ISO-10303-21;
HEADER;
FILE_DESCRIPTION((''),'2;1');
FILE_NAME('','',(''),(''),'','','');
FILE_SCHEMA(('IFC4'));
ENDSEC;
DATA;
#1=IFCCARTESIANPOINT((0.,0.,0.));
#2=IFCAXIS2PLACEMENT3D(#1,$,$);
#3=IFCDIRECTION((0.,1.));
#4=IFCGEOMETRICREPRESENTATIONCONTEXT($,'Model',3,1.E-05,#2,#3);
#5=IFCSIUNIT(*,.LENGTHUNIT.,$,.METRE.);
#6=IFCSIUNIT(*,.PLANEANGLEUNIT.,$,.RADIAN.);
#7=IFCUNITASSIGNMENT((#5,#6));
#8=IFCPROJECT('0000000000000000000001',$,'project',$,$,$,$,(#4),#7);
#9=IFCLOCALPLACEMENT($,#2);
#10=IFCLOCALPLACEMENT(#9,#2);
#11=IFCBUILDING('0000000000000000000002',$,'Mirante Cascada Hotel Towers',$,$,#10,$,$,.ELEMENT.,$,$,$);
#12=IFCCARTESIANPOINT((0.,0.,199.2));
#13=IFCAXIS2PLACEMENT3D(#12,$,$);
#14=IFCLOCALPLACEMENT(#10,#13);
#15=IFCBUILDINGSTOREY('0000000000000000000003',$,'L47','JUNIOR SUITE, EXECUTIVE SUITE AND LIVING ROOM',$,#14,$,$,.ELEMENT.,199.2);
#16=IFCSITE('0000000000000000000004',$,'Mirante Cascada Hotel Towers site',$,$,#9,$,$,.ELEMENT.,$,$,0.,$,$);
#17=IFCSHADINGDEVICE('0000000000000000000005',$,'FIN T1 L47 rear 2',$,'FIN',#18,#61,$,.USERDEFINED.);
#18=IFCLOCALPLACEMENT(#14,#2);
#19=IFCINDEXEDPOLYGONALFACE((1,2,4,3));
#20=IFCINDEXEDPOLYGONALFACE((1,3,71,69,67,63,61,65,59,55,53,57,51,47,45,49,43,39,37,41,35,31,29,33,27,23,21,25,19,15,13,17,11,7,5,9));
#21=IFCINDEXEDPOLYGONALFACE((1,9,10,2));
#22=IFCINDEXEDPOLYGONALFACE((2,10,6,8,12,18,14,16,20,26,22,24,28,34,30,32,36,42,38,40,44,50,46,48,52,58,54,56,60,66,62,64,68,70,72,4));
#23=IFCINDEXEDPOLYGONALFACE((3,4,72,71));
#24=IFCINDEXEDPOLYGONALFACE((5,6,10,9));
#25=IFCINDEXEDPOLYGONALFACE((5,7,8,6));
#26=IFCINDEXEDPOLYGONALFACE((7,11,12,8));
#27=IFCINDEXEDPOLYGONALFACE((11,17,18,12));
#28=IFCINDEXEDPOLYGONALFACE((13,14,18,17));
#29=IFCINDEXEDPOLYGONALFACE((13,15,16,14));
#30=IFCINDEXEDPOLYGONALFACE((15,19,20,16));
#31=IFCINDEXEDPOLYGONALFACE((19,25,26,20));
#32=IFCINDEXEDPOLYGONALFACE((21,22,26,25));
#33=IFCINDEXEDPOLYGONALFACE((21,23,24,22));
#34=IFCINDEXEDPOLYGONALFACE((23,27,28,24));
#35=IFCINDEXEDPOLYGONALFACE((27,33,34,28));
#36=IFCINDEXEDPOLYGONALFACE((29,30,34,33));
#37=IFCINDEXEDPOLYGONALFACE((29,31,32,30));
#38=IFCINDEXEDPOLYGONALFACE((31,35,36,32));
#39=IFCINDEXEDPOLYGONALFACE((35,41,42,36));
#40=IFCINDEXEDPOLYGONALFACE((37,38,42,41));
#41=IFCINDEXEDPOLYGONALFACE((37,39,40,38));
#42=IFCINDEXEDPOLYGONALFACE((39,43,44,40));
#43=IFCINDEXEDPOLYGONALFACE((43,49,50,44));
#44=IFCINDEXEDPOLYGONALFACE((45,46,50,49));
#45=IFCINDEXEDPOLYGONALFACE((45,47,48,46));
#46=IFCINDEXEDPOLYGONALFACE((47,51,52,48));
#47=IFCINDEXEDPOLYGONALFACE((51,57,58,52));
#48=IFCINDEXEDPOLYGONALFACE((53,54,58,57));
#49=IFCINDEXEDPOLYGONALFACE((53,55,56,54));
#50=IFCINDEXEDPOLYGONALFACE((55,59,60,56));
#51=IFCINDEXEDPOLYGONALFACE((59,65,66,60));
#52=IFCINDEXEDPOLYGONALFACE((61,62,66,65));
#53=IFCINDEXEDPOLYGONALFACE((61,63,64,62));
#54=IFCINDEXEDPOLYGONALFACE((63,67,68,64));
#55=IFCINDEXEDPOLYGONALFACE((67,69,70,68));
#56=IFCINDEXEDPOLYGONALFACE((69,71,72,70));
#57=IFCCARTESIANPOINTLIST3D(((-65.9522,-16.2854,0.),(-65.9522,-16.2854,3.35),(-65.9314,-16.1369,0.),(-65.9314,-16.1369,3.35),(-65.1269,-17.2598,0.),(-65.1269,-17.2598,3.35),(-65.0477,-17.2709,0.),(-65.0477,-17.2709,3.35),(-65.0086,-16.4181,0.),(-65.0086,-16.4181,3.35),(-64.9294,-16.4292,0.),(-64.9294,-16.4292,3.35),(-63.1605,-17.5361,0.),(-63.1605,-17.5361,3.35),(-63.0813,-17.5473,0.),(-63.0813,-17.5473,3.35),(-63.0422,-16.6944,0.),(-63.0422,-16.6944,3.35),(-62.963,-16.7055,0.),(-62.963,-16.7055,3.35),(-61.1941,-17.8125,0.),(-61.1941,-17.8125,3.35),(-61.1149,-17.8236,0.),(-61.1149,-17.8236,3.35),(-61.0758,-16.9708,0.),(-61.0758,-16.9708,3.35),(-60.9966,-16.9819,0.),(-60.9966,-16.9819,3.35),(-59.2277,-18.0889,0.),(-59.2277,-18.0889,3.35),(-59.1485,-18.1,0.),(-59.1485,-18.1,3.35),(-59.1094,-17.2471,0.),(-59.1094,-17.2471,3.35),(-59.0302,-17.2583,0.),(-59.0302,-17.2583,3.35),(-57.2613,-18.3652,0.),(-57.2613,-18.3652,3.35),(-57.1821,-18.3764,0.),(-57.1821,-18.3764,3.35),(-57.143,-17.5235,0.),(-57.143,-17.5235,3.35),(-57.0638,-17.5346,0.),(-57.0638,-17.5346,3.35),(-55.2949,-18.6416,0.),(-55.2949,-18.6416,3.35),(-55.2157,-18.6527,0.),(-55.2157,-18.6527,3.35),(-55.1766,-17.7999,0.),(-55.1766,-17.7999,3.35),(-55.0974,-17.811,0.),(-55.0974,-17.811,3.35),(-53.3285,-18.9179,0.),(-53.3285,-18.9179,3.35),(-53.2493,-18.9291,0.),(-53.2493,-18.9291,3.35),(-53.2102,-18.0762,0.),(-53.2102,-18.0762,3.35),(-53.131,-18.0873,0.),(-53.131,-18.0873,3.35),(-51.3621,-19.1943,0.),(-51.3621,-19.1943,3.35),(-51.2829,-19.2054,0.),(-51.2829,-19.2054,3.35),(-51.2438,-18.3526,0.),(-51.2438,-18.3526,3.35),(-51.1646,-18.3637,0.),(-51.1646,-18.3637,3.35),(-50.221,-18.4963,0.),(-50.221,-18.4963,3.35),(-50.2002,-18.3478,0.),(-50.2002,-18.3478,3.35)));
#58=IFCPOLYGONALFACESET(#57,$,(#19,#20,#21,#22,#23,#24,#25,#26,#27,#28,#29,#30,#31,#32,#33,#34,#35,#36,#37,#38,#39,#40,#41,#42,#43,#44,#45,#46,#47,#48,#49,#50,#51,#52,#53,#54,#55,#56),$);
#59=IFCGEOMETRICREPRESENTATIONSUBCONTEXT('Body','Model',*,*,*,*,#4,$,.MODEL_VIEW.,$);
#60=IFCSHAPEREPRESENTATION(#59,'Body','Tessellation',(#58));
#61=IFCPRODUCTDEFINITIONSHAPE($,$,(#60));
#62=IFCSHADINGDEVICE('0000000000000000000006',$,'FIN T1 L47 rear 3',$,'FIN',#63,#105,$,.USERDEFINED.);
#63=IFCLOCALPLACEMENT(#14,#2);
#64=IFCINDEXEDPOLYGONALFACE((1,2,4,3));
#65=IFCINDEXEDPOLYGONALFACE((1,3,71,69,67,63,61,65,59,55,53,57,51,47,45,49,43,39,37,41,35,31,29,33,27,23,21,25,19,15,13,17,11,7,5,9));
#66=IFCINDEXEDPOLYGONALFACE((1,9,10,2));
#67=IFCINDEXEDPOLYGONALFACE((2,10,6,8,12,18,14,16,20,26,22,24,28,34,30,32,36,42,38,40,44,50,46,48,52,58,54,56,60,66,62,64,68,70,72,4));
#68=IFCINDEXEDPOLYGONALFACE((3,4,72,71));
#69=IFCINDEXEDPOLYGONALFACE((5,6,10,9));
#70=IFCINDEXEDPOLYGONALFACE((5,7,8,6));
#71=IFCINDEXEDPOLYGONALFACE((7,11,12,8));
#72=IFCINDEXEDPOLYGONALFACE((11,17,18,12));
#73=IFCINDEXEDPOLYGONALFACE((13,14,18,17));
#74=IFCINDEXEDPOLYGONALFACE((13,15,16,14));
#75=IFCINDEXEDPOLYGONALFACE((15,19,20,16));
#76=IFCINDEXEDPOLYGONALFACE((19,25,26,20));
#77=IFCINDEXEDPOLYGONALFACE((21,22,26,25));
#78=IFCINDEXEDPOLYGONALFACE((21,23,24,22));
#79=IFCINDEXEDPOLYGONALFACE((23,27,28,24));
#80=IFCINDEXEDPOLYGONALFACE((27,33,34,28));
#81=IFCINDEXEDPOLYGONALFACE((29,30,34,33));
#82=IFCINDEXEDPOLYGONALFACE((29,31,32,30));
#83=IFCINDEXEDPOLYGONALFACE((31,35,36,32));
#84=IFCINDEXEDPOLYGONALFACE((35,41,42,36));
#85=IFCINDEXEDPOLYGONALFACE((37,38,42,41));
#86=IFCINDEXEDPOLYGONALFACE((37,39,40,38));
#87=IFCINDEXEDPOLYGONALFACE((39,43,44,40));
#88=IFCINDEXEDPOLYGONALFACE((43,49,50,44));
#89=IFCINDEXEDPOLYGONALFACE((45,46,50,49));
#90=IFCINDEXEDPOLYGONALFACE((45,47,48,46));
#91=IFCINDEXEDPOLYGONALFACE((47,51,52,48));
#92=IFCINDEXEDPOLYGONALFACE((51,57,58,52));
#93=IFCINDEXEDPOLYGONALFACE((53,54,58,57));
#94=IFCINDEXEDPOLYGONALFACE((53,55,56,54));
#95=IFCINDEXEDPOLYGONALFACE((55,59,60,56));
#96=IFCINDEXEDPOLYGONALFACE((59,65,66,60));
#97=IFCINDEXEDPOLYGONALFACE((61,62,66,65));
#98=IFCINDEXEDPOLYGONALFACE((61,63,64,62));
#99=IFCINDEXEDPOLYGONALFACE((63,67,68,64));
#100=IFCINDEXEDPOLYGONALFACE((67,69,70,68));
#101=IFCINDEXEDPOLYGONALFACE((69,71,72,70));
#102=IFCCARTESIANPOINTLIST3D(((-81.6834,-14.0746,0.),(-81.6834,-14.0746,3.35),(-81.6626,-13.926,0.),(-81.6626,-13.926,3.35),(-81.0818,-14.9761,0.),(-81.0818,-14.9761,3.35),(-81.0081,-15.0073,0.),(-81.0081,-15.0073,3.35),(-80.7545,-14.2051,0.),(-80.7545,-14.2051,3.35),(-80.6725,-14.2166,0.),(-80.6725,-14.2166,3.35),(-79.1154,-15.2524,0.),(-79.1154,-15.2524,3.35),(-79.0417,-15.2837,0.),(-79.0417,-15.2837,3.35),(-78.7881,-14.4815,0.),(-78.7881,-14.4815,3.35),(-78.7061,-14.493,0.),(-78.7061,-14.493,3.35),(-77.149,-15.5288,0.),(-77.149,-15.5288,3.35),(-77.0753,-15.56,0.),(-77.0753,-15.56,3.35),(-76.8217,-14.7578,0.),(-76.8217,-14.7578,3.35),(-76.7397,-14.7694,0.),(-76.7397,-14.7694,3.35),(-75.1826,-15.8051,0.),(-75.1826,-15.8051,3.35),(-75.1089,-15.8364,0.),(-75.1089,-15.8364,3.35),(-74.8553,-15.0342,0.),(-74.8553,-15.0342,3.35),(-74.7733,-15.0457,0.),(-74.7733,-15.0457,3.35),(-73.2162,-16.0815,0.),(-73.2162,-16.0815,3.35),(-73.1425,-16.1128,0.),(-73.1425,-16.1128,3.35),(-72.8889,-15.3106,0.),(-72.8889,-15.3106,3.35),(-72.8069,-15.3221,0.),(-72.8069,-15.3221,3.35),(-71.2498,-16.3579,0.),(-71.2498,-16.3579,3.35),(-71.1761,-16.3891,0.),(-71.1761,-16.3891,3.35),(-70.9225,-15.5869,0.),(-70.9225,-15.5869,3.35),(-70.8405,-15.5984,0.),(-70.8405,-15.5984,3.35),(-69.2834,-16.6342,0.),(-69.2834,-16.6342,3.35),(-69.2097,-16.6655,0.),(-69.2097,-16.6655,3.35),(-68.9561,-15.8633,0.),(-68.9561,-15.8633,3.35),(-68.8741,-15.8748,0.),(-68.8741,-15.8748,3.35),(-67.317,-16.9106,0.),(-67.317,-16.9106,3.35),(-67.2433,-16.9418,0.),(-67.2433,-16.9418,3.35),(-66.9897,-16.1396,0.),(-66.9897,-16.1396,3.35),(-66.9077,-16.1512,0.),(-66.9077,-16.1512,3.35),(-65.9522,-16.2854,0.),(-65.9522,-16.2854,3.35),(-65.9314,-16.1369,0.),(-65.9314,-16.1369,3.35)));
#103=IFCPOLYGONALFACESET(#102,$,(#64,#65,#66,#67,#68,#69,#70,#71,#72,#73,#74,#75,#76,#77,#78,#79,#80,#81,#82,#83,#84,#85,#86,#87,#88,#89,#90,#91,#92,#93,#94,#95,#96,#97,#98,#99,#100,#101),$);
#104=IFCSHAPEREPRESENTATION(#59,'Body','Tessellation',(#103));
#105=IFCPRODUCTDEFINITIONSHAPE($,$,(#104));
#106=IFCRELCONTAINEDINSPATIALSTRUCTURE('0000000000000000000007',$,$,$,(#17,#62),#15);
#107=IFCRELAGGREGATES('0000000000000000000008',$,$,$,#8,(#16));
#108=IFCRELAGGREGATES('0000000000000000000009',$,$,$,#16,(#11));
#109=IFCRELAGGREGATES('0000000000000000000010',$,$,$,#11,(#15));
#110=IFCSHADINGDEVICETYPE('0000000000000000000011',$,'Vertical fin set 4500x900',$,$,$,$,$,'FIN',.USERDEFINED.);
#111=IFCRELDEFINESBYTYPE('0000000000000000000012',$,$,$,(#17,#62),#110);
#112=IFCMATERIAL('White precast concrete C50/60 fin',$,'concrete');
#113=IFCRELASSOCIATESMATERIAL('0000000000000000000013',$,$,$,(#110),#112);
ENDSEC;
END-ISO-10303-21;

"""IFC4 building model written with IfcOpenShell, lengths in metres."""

from ifc_helpers import new_model, si_unit, direction, frame, origin, place, context, subcontext, project, spatial, polyline, outline, extrude, material, type_object, element, save


model = new_model("IFC4")

# Units and contexts
model_context = context("Model", 3, precision=1e-05, world=origin(), true_north=direction((0.0, 1.0)))
body_context = subcontext(model_context, "Body", "Model", "MODEL_VIEW")
ifc_project = project(units=[si_unit("LENGTHUNIT", "METRE"), si_unit("PLANEANGLEUNIT", "RADIAN")], contexts=[model_context])

# Site, building, storey
site_placement = place(None, origin())
site = spatial("IfcSite", under=ifc_project, at=site_placement, Name="Mirante Cascada Hotel Towers site", CompositionType="ELEMENT", RefElevation=0.0)
building_placement = place(site_placement, origin())
building = spatial("IfcBuilding", under=site, at=building_placement, Name="Mirante Cascada Hotel Towers", CompositionType="ELEMENT")
storey_placement = place(building_placement, frame((0.0, 0.0, 199.2)))
storey = spatial("IfcBuildingStorey", under=building, at=storey_placement, Name="L47", Description="JUNIOR SUITE, EXECUTIVE SUITE AND LIVING ROOM", CompositionType="ELEMENT", Elevation=199.2)

# Shading devices
ifc_material_1 = material(Name="White precast concrete C50/60 fin", Category="concrete")
shading_device_type = type_object("IfcShadingDeviceType", Name="Vertical fin set 4500x900", ElementType="FIN", PredefinedType="USERDEFINED", material=ifc_material_1)
shading_device_1_placement = place(storey_placement, origin())
element("IfcShadingDevice", 1, at=shading_device_1_placement, inside=storey, type_object=shading_device_type, Name="FIN T1 L47 rear 2", ObjectType="FIN", PredefinedType="USERDEFINED", context=body_context, shape_type="SweptSolid", body=[
    extrude(outline(polyline([(-51.2438, -18.3526), (-53.131, -18.0873), (-53.2493, -18.9291), (-53.3285, -18.9179), (-53.2102, -18.0762), (-55.0974, -17.811), (-55.2157, -18.6527), (-55.2949, -18.6416), (-55.1766, -17.7999), (-57.0638, -17.5346), (-57.1821, -18.3764), (-57.2613, -18.3652), (-57.143, -17.5235), (-59.0302, -17.2583), (-59.1485, -18.1), (-59.2277, -18.0889), (-59.1094, -17.2471), (-60.9966, -16.9819), (-61.1149, -17.8236), (-61.1941, -17.8125), (-61.0758, -16.9708), (-62.963, -16.7055), (-63.0813, -17.5473), (-63.1605, -17.5361), (-63.0422, -16.6944), (-64.9294, -16.4292), (-65.0477, -17.2709), (-65.1269, -17.2598), (-65.0086, -16.4181), (-65.9522, -16.2854), (-65.9314, -16.1369), (-50.2002, -18.3478), (-50.221, -18.4963), (-51.1646, -18.3637), (-51.2829, -19.2054), (-51.3621, -19.1943), (-51.2438, -18.3526)])), origin(), (0.0, 0.0, 1.0), 3.35),
])
shading_device_2_placement = place(storey_placement, origin())
element("IfcShadingDevice", 2, at=shading_device_2_placement, inside=storey, type_object=shading_device_type, Name="FIN T1 L47 rear 3", ObjectType="FIN", PredefinedType="USERDEFINED", context=body_context, shape_type="SweptSolid", body=[
    extrude(outline(polyline([(-66.9897, -16.1396), (-68.8741, -15.8748), (-69.2097, -16.6655), (-69.2834, -16.6342), (-68.9561, -15.8633), (-70.8405, -15.5984), (-71.1761, -16.3891), (-71.2498, -16.3579), (-70.9225, -15.5869), (-72.8069, -15.3221), (-73.1425, -16.1128), (-73.2162, -16.0815), (-72.8889, -15.3106), (-74.7733, -15.0457), (-75.1089, -15.8364), (-75.1826, -15.8051), (-74.8553, -15.0342), (-76.7397, -14.7694), (-77.0753, -15.56), (-77.149, -15.5288), (-76.8217, -14.7578), (-78.7061, -14.493), (-79.0417, -15.2837), (-79.1154, -15.2524), (-78.7881, -14.4815), (-80.6725, -14.2166), (-81.0081, -15.0073), (-81.0818, -14.9761), (-80.7545, -14.2051), (-81.6834, -14.0746), (-81.6626, -13.926), (-65.9314, -16.1369), (-65.9522, -16.2854), (-66.9077, -16.1512), (-67.2433, -16.9418), (-67.317, -16.9106), (-66.9897, -16.1396)])), origin(), (0.0, 0.0, 1.0), 3.35),
])

save(model, "model.ifc")
